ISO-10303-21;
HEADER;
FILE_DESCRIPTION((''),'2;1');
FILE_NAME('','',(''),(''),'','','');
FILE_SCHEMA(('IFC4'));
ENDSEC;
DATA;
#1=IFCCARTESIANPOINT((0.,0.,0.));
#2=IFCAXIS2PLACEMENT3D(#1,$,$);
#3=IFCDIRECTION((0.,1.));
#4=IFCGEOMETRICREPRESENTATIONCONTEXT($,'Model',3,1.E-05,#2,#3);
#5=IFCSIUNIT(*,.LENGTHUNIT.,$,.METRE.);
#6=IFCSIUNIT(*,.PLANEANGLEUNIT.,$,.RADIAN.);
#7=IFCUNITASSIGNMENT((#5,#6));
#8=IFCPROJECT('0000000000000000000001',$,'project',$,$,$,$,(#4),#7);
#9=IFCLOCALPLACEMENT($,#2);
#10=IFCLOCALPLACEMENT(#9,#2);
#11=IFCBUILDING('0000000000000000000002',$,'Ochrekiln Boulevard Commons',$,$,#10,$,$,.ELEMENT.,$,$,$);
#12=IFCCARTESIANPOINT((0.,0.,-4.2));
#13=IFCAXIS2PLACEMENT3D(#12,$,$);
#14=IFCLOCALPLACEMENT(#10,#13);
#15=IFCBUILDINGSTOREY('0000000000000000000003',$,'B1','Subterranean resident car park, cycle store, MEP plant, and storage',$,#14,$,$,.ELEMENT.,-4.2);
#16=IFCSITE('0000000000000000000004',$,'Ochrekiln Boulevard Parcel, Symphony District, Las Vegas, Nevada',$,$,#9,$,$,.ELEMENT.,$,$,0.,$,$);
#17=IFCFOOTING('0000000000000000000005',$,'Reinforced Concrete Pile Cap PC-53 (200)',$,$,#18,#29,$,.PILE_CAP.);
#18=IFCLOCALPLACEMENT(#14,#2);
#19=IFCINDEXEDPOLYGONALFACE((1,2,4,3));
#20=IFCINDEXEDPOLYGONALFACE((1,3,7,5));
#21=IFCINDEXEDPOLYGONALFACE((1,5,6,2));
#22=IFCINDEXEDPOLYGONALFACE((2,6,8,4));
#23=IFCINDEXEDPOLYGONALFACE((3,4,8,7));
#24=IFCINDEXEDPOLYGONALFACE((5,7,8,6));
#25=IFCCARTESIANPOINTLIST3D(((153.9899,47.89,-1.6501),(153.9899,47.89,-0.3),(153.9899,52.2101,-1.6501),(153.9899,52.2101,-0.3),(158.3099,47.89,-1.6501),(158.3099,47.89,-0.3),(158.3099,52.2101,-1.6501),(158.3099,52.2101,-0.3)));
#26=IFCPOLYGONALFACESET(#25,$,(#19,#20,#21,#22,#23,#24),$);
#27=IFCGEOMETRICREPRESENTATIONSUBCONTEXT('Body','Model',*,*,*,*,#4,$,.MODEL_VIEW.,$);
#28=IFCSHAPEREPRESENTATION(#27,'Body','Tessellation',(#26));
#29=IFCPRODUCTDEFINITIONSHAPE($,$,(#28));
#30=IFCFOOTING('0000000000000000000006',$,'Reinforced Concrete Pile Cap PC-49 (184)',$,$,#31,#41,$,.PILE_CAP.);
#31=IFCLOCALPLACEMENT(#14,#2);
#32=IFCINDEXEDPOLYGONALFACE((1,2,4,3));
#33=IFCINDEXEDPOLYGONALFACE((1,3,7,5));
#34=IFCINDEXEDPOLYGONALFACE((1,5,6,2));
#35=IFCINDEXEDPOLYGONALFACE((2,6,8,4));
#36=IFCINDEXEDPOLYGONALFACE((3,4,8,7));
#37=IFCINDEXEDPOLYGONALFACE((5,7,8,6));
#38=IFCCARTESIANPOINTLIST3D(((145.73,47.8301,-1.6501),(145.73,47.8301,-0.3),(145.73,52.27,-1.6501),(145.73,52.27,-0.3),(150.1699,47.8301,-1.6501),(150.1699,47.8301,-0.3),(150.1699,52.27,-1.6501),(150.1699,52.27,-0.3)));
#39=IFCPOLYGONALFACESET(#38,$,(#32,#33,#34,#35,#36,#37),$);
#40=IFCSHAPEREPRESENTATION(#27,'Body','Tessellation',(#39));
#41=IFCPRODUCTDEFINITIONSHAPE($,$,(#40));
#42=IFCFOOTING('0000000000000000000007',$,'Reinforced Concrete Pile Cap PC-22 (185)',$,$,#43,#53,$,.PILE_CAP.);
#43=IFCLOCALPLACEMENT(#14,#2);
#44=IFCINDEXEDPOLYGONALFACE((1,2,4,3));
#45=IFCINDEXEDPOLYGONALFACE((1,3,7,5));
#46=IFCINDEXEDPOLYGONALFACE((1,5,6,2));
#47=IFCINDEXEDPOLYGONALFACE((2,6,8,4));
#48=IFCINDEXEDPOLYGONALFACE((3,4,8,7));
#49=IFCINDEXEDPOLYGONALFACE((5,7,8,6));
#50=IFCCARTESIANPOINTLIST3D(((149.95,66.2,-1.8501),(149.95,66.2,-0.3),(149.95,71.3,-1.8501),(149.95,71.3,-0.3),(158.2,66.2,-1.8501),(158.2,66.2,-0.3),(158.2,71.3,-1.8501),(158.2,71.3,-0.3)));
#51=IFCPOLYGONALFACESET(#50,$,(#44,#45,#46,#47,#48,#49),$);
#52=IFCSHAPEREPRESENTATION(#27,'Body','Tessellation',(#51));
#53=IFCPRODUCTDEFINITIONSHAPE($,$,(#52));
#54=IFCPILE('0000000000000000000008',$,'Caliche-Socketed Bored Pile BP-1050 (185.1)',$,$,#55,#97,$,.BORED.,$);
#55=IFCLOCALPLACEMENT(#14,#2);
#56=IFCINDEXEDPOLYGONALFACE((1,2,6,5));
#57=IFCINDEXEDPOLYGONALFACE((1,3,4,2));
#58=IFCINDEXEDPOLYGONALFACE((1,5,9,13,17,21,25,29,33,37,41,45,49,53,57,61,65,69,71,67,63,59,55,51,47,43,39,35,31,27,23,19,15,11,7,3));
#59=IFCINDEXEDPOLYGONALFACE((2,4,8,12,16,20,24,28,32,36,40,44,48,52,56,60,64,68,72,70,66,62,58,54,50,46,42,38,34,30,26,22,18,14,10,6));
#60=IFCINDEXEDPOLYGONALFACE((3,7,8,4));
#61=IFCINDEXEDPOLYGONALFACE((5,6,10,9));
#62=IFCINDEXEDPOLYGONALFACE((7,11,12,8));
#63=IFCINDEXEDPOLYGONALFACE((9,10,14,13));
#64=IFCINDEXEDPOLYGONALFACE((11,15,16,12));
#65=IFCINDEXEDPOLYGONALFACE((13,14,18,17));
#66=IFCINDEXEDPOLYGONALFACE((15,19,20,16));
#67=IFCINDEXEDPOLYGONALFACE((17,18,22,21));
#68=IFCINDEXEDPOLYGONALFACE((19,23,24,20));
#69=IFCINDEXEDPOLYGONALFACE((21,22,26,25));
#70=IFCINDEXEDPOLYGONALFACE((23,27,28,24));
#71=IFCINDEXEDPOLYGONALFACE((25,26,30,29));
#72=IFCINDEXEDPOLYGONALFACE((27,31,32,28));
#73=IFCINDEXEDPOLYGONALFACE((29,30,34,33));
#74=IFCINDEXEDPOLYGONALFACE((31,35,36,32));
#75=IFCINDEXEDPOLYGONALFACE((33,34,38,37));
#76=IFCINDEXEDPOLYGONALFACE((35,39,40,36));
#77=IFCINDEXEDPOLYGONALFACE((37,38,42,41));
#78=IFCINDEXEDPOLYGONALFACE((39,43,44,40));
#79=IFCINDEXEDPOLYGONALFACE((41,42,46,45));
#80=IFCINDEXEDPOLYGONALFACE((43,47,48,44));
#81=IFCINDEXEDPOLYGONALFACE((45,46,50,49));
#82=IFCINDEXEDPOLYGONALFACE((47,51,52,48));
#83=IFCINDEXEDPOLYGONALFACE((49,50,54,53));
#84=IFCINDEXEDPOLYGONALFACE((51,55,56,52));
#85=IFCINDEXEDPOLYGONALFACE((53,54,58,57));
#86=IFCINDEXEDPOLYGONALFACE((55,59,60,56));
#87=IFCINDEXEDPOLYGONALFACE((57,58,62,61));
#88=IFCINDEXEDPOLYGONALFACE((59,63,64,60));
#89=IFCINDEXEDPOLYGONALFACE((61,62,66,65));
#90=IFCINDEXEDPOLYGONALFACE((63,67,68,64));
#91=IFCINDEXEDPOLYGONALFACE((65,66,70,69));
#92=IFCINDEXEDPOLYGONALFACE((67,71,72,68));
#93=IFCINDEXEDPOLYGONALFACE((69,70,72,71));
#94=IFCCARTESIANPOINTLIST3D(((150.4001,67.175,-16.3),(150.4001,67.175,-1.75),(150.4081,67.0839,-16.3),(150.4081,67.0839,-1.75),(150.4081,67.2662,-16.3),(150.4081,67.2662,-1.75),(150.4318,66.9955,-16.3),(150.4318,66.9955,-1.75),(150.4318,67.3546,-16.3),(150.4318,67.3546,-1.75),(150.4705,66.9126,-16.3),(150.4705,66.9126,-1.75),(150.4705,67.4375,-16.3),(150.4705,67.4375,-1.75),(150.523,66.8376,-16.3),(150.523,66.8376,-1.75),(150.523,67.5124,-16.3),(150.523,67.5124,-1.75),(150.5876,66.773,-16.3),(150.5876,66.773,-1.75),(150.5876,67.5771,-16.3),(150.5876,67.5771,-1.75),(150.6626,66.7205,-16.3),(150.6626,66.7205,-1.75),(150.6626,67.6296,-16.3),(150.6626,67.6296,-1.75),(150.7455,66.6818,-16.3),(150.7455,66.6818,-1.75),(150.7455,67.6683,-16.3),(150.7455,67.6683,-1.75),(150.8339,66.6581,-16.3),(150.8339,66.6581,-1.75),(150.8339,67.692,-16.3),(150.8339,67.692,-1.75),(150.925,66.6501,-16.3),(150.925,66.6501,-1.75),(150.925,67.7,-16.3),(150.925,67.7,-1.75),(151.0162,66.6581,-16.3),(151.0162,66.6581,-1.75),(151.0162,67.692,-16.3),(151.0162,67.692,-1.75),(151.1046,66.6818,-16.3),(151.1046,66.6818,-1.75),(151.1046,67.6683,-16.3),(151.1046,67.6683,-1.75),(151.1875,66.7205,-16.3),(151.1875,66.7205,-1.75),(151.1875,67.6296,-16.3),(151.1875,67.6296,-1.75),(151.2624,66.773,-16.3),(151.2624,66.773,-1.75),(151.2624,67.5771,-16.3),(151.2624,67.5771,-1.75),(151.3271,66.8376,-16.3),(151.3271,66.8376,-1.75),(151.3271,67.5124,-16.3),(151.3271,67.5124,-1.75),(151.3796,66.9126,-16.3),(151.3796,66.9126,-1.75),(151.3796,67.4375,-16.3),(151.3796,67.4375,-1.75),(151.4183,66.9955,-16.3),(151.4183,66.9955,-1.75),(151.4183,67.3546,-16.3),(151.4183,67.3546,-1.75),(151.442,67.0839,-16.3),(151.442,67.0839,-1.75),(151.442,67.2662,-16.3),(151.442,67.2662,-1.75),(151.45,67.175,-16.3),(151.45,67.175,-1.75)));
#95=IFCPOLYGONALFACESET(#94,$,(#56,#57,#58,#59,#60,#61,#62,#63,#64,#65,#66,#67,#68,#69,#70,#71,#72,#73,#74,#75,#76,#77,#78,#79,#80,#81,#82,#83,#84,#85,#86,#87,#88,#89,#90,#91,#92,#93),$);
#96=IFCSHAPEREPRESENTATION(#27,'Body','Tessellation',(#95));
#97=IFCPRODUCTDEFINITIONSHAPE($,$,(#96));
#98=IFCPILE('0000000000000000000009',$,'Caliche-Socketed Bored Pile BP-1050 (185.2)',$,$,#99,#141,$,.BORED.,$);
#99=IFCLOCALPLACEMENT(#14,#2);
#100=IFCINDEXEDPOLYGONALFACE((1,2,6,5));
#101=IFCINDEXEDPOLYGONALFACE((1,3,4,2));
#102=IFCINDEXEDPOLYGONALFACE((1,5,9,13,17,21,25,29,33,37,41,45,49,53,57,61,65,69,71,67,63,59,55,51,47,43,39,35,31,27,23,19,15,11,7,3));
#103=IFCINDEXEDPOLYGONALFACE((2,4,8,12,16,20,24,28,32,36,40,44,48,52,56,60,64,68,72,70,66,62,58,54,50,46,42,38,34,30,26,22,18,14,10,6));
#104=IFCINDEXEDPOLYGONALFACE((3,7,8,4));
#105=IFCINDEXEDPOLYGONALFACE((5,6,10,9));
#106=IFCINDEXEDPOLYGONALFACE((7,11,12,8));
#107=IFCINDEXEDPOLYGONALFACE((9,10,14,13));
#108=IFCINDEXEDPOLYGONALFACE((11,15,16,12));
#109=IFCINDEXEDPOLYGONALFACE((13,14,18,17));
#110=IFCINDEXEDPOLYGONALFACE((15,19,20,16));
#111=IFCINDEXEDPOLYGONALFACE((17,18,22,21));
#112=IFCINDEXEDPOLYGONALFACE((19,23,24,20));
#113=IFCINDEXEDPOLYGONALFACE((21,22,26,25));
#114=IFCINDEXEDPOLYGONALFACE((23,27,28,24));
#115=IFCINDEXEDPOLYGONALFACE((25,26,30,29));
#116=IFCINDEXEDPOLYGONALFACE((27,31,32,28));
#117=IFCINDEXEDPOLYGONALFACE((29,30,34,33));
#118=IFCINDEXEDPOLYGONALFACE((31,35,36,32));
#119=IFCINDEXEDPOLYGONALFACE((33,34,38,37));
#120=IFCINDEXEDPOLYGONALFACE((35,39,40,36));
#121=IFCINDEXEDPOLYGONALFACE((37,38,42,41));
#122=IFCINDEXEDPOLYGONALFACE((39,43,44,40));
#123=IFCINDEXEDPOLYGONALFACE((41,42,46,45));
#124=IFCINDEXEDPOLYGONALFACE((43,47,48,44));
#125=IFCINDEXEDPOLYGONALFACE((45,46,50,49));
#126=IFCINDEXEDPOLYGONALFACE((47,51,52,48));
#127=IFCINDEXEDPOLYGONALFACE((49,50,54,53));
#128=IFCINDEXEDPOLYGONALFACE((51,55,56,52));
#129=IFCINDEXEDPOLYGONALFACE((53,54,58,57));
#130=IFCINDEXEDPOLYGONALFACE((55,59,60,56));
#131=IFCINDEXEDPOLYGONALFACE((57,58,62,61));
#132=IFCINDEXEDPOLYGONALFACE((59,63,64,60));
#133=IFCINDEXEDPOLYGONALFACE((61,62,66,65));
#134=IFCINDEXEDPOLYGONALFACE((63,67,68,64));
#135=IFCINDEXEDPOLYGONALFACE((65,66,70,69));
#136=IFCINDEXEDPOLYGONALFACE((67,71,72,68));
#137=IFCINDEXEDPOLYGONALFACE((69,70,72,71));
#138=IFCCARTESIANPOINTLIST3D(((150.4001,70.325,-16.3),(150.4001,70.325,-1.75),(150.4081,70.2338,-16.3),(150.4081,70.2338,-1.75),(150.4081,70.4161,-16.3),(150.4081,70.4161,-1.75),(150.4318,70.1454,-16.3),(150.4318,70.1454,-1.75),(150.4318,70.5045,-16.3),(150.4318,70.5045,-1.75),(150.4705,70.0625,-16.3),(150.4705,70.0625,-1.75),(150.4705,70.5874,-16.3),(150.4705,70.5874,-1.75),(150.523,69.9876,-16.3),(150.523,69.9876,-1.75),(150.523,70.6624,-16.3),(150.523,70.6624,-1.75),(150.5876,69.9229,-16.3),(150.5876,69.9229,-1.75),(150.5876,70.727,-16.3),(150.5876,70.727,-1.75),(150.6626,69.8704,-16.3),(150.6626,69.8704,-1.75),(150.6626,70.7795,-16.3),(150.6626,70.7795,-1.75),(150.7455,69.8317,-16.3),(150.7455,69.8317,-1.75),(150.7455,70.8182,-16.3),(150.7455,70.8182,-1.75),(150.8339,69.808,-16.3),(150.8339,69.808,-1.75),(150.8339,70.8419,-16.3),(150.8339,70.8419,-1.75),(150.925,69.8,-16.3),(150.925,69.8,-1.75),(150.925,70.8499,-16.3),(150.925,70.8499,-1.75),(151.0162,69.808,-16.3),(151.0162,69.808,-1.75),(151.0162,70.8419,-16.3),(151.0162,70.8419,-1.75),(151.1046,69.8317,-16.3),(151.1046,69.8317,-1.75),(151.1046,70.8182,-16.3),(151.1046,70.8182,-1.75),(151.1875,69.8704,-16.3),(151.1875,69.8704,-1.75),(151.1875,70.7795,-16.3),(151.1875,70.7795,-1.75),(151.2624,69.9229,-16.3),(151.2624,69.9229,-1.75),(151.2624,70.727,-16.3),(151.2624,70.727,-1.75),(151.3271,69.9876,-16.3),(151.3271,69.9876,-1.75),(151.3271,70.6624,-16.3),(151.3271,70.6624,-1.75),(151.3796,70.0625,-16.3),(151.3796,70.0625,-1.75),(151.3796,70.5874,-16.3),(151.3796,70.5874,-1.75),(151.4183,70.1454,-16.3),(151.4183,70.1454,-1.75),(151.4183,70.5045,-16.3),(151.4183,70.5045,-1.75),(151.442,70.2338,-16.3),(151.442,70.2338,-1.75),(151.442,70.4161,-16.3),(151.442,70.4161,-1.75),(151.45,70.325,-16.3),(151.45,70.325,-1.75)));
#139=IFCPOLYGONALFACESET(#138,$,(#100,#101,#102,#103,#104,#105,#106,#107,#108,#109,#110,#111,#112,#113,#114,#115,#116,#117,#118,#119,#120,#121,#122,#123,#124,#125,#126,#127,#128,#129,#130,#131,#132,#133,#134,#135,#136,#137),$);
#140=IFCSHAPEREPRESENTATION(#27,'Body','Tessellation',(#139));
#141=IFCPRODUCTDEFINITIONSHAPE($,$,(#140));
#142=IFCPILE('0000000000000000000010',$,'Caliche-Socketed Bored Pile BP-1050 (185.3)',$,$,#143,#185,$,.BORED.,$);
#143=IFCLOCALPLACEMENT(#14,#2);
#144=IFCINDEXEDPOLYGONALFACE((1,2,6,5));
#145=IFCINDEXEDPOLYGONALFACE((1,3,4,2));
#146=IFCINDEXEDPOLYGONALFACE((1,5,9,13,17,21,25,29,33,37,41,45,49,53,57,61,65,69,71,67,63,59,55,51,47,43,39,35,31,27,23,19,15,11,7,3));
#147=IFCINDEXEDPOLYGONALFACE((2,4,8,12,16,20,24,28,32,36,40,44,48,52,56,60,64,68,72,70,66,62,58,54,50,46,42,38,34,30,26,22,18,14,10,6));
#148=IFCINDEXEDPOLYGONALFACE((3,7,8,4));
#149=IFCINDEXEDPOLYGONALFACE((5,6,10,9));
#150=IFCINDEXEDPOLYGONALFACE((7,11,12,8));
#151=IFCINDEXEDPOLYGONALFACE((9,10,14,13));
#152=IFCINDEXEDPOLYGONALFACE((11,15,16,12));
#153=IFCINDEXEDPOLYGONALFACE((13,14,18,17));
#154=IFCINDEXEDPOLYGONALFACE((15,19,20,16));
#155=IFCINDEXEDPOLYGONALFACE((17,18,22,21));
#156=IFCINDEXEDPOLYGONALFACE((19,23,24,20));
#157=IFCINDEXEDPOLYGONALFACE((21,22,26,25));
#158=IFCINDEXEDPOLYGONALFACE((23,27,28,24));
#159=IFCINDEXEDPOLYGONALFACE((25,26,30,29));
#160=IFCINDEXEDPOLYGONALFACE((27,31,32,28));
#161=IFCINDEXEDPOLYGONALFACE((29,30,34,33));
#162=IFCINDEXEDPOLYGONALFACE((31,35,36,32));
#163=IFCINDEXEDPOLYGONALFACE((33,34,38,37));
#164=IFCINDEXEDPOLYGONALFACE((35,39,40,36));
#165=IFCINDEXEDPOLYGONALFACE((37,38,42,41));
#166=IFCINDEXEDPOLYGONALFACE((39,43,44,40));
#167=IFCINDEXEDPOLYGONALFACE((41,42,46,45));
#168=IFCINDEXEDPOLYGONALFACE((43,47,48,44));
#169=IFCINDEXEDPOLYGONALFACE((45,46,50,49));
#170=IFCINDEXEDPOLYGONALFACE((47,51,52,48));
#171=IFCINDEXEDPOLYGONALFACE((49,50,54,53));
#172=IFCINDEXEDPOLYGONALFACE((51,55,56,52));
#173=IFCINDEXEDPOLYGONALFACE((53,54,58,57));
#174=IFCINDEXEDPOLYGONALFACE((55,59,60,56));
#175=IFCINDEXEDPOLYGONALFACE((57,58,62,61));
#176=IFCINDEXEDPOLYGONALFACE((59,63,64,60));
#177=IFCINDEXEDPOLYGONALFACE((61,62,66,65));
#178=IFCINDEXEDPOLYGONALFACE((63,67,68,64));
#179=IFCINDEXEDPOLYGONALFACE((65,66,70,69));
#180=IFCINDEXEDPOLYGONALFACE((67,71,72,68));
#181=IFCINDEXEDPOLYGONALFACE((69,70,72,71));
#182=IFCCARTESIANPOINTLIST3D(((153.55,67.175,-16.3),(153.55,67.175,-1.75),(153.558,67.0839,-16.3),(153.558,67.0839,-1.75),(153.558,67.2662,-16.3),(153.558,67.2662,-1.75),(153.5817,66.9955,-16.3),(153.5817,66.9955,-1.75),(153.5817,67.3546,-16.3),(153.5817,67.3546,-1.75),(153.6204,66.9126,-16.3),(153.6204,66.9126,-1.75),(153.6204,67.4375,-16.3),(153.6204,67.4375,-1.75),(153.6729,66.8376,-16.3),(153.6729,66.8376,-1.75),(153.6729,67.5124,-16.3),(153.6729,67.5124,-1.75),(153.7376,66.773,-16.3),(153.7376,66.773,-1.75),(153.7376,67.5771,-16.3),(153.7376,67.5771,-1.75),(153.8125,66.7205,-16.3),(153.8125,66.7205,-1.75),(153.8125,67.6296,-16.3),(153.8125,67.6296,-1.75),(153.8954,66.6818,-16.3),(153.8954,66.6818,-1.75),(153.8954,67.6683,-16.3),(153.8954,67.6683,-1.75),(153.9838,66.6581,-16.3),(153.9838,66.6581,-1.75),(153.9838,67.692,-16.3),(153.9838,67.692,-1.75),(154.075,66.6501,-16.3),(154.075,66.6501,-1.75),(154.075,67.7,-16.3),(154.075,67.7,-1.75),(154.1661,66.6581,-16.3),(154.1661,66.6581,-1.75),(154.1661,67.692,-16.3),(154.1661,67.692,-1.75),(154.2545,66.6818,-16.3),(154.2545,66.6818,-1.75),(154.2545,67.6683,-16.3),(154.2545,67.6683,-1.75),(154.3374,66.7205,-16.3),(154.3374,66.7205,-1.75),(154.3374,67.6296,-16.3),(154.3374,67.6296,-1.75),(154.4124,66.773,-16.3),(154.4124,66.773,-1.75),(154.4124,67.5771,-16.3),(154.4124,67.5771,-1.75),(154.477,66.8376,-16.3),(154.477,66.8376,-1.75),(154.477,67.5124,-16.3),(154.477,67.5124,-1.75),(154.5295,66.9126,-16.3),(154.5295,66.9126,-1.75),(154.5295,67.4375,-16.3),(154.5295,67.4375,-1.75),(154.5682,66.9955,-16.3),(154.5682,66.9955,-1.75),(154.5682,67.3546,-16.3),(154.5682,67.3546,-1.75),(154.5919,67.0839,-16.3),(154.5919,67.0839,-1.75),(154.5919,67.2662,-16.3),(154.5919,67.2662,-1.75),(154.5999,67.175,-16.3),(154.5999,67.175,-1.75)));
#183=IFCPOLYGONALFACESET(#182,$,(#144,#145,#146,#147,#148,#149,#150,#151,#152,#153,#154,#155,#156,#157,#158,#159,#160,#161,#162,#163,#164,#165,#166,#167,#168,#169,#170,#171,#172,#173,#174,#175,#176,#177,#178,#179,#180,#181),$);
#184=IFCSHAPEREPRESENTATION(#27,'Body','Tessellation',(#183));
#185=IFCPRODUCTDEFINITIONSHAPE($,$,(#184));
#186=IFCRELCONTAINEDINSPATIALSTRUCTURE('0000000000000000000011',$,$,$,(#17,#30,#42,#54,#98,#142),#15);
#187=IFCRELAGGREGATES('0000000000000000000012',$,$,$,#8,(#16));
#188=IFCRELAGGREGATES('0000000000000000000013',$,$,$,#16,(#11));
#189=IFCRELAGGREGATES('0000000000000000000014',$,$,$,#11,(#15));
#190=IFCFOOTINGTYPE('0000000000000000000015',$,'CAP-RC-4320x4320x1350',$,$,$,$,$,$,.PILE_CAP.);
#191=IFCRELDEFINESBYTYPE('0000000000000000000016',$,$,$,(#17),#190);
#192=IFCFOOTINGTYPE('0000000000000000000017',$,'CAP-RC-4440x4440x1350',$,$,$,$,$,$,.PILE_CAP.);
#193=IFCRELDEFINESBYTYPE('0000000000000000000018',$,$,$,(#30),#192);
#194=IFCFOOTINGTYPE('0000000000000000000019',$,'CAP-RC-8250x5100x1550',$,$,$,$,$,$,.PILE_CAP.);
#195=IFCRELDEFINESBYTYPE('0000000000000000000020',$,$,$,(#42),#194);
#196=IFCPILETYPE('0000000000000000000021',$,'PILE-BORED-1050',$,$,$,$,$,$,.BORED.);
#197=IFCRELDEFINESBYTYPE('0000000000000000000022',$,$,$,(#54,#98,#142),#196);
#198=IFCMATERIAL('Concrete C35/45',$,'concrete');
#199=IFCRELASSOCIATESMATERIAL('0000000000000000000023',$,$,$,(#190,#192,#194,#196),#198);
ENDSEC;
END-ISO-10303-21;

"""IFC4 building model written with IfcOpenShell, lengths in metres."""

from ifc_helpers import new_model, si_unit, direction, frame, origin, origin_2d, place, context, subcontext, project, spatial, rectangle, circle, extrude, material, material_profile, profile_set, type_object, element, save


model = new_model("IFC4")

# Units and contexts
model_context = context("Model", 3, precision=1e-05, world=origin(), true_north=direction((0.0, 1.0)))
body_context = subcontext(model_context, "Body", "Model", "MODEL_VIEW")
ifc_project = project(units=[si_unit("LENGTHUNIT", "METRE"), si_unit("PLANEANGLEUNIT", "RADIAN")], contexts=[model_context])

# Site, building, storey
site_placement = place(None, origin())
site = spatial("IfcSite", under=ifc_project, at=site_placement, Name="Ochrekiln Boulevard Parcel, Symphony District, Las Vegas, Nevada", CompositionType="ELEMENT", RefElevation=0.0)
building_placement = place(site_placement, origin())
building = spatial("IfcBuilding", under=site, at=building_placement, Name="Ochrekiln Boulevard Commons", CompositionType="ELEMENT")
storey_placement = place(building_placement, frame((0.0, 0.0, -4.2)))
storey = spatial("IfcBuildingStorey", under=building, at=storey_placement, Name="B1", Description="Subterranean resident car park, cycle store, MEP plant, and storage", CompositionType="ELEMENT", Elevation=-4.2)

# Footings
ifc_material_1 = material(Name="Concrete C35/45", Category="concrete")
footing_type_1 = type_object("IfcFootingType", Name="CAP-RC-4320x4320x1350", PredefinedType="PILE_CAP", material=ifc_material_1)
footing_1_placement = place(storey_placement, frame((156.1499, 50.05, -1.6501), z_axis=(0.0, 0.0, 1.0), x_axis=(1.0, 0.0, 0.0)))
element("IfcFooting", 1, at=footing_1_placement, inside=storey, type_object=footing_type_1, Name="Reinforced Concrete Pile Cap PC-53 (200)", PredefinedType="PILE_CAP", context=body_context, shape_type="SweptSolid", body=[
    extrude(rectangle(XDim=4.3201, YDim=4.3201, at=origin_2d()), origin(), (0.0, 0.0, 1.0), 1.3501),
])
footing_type_2 = type_object("IfcFootingType", Name="CAP-RC-4440x4440x1350", PredefinedType="PILE_CAP", material=ifc_material_1)
footing_2_placement = place(storey_placement, frame((147.95, 50.05, -1.6501), z_axis=(0.0, 0.0, 1.0), x_axis=(1.0, 0.0, 0.0)))
element("IfcFooting", 2, at=footing_2_placement, inside=storey, type_object=footing_type_2, Name="Reinforced Concrete Pile Cap PC-49 (184)", PredefinedType="PILE_CAP", context=body_context, shape_type="SweptSolid", body=[
    extrude(rectangle(XDim=4.4399, YDim=4.4399, at=origin_2d()), origin(), (0.0, 0.0, 1.0), 1.3501),
])
footing_type_3 = type_object("IfcFootingType", Name="CAP-RC-8250x5100x1550", PredefinedType="PILE_CAP", material=ifc_material_1)
footing_3_placement = place(storey_placement, frame((154.075, 68.75, -1.8501), z_axis=(0.0, 0.0, 1.0), x_axis=(1.0, 0.0, 0.0)))
element("IfcFooting", 3, at=footing_3_placement, inside=storey, type_object=footing_type_3, Name="Reinforced Concrete Pile Cap PC-22 (185)", PredefinedType="PILE_CAP", context=body_context, shape_type="SweptSolid", body=[
    extrude(rectangle(XDim=8.25, YDim=5.1001, at=origin_2d()), origin(), (0.0, 0.0, 1.0), 1.55),
])

# Piles
ifc_material_profile_1 = material_profile(ifc_material_1, circle(Radius=0.5249, at=origin_2d()), Name="PILE-D1050")
ifc_profile_set_1 = profile_set([ifc_material_profile_1], Name="Concrete C35/45")
pile_type_1 = type_object("IfcPileType", Name="PILE-BORED-1050", PredefinedType="BORED", material=ifc_profile_set_1)
for number, where, z_axis, x_axis, name in (
    (4, (150.925, 67.175, -1.75), (0.0, 0.0, -1.0), (1.0, 0.0, 0.0), "Caliche-Socketed Bored Pile BP-1050 (185.1)"),
    (5, (150.925, 70.325, -1.75), (0.0, 0.0, -1.0), (1.0, 0.0, 0.0), "Caliche-Socketed Bored Pile BP-1050 (185.2)"),
    (6, (154.075, 67.175, -1.75), (0.0, 0.0, -1.0), (1.0, 0.0, 0.0), "Caliche-Socketed Bored Pile BP-1050 (185.3)"),
):
    element("IfcPile", number, at=place(storey_placement, frame(where, z_axis=z_axis, x_axis=x_axis)), inside=storey, type_object=pile_type_1, Name=name, PredefinedType="BORED", context=body_context, shape_type="SweptSolid", body=[
        extrude(circle(Radius=0.5249, at=origin_2d()), origin(), (0.0, 0.0, 1.0), 14.55),
    ])

save(model, "model.ifc")
